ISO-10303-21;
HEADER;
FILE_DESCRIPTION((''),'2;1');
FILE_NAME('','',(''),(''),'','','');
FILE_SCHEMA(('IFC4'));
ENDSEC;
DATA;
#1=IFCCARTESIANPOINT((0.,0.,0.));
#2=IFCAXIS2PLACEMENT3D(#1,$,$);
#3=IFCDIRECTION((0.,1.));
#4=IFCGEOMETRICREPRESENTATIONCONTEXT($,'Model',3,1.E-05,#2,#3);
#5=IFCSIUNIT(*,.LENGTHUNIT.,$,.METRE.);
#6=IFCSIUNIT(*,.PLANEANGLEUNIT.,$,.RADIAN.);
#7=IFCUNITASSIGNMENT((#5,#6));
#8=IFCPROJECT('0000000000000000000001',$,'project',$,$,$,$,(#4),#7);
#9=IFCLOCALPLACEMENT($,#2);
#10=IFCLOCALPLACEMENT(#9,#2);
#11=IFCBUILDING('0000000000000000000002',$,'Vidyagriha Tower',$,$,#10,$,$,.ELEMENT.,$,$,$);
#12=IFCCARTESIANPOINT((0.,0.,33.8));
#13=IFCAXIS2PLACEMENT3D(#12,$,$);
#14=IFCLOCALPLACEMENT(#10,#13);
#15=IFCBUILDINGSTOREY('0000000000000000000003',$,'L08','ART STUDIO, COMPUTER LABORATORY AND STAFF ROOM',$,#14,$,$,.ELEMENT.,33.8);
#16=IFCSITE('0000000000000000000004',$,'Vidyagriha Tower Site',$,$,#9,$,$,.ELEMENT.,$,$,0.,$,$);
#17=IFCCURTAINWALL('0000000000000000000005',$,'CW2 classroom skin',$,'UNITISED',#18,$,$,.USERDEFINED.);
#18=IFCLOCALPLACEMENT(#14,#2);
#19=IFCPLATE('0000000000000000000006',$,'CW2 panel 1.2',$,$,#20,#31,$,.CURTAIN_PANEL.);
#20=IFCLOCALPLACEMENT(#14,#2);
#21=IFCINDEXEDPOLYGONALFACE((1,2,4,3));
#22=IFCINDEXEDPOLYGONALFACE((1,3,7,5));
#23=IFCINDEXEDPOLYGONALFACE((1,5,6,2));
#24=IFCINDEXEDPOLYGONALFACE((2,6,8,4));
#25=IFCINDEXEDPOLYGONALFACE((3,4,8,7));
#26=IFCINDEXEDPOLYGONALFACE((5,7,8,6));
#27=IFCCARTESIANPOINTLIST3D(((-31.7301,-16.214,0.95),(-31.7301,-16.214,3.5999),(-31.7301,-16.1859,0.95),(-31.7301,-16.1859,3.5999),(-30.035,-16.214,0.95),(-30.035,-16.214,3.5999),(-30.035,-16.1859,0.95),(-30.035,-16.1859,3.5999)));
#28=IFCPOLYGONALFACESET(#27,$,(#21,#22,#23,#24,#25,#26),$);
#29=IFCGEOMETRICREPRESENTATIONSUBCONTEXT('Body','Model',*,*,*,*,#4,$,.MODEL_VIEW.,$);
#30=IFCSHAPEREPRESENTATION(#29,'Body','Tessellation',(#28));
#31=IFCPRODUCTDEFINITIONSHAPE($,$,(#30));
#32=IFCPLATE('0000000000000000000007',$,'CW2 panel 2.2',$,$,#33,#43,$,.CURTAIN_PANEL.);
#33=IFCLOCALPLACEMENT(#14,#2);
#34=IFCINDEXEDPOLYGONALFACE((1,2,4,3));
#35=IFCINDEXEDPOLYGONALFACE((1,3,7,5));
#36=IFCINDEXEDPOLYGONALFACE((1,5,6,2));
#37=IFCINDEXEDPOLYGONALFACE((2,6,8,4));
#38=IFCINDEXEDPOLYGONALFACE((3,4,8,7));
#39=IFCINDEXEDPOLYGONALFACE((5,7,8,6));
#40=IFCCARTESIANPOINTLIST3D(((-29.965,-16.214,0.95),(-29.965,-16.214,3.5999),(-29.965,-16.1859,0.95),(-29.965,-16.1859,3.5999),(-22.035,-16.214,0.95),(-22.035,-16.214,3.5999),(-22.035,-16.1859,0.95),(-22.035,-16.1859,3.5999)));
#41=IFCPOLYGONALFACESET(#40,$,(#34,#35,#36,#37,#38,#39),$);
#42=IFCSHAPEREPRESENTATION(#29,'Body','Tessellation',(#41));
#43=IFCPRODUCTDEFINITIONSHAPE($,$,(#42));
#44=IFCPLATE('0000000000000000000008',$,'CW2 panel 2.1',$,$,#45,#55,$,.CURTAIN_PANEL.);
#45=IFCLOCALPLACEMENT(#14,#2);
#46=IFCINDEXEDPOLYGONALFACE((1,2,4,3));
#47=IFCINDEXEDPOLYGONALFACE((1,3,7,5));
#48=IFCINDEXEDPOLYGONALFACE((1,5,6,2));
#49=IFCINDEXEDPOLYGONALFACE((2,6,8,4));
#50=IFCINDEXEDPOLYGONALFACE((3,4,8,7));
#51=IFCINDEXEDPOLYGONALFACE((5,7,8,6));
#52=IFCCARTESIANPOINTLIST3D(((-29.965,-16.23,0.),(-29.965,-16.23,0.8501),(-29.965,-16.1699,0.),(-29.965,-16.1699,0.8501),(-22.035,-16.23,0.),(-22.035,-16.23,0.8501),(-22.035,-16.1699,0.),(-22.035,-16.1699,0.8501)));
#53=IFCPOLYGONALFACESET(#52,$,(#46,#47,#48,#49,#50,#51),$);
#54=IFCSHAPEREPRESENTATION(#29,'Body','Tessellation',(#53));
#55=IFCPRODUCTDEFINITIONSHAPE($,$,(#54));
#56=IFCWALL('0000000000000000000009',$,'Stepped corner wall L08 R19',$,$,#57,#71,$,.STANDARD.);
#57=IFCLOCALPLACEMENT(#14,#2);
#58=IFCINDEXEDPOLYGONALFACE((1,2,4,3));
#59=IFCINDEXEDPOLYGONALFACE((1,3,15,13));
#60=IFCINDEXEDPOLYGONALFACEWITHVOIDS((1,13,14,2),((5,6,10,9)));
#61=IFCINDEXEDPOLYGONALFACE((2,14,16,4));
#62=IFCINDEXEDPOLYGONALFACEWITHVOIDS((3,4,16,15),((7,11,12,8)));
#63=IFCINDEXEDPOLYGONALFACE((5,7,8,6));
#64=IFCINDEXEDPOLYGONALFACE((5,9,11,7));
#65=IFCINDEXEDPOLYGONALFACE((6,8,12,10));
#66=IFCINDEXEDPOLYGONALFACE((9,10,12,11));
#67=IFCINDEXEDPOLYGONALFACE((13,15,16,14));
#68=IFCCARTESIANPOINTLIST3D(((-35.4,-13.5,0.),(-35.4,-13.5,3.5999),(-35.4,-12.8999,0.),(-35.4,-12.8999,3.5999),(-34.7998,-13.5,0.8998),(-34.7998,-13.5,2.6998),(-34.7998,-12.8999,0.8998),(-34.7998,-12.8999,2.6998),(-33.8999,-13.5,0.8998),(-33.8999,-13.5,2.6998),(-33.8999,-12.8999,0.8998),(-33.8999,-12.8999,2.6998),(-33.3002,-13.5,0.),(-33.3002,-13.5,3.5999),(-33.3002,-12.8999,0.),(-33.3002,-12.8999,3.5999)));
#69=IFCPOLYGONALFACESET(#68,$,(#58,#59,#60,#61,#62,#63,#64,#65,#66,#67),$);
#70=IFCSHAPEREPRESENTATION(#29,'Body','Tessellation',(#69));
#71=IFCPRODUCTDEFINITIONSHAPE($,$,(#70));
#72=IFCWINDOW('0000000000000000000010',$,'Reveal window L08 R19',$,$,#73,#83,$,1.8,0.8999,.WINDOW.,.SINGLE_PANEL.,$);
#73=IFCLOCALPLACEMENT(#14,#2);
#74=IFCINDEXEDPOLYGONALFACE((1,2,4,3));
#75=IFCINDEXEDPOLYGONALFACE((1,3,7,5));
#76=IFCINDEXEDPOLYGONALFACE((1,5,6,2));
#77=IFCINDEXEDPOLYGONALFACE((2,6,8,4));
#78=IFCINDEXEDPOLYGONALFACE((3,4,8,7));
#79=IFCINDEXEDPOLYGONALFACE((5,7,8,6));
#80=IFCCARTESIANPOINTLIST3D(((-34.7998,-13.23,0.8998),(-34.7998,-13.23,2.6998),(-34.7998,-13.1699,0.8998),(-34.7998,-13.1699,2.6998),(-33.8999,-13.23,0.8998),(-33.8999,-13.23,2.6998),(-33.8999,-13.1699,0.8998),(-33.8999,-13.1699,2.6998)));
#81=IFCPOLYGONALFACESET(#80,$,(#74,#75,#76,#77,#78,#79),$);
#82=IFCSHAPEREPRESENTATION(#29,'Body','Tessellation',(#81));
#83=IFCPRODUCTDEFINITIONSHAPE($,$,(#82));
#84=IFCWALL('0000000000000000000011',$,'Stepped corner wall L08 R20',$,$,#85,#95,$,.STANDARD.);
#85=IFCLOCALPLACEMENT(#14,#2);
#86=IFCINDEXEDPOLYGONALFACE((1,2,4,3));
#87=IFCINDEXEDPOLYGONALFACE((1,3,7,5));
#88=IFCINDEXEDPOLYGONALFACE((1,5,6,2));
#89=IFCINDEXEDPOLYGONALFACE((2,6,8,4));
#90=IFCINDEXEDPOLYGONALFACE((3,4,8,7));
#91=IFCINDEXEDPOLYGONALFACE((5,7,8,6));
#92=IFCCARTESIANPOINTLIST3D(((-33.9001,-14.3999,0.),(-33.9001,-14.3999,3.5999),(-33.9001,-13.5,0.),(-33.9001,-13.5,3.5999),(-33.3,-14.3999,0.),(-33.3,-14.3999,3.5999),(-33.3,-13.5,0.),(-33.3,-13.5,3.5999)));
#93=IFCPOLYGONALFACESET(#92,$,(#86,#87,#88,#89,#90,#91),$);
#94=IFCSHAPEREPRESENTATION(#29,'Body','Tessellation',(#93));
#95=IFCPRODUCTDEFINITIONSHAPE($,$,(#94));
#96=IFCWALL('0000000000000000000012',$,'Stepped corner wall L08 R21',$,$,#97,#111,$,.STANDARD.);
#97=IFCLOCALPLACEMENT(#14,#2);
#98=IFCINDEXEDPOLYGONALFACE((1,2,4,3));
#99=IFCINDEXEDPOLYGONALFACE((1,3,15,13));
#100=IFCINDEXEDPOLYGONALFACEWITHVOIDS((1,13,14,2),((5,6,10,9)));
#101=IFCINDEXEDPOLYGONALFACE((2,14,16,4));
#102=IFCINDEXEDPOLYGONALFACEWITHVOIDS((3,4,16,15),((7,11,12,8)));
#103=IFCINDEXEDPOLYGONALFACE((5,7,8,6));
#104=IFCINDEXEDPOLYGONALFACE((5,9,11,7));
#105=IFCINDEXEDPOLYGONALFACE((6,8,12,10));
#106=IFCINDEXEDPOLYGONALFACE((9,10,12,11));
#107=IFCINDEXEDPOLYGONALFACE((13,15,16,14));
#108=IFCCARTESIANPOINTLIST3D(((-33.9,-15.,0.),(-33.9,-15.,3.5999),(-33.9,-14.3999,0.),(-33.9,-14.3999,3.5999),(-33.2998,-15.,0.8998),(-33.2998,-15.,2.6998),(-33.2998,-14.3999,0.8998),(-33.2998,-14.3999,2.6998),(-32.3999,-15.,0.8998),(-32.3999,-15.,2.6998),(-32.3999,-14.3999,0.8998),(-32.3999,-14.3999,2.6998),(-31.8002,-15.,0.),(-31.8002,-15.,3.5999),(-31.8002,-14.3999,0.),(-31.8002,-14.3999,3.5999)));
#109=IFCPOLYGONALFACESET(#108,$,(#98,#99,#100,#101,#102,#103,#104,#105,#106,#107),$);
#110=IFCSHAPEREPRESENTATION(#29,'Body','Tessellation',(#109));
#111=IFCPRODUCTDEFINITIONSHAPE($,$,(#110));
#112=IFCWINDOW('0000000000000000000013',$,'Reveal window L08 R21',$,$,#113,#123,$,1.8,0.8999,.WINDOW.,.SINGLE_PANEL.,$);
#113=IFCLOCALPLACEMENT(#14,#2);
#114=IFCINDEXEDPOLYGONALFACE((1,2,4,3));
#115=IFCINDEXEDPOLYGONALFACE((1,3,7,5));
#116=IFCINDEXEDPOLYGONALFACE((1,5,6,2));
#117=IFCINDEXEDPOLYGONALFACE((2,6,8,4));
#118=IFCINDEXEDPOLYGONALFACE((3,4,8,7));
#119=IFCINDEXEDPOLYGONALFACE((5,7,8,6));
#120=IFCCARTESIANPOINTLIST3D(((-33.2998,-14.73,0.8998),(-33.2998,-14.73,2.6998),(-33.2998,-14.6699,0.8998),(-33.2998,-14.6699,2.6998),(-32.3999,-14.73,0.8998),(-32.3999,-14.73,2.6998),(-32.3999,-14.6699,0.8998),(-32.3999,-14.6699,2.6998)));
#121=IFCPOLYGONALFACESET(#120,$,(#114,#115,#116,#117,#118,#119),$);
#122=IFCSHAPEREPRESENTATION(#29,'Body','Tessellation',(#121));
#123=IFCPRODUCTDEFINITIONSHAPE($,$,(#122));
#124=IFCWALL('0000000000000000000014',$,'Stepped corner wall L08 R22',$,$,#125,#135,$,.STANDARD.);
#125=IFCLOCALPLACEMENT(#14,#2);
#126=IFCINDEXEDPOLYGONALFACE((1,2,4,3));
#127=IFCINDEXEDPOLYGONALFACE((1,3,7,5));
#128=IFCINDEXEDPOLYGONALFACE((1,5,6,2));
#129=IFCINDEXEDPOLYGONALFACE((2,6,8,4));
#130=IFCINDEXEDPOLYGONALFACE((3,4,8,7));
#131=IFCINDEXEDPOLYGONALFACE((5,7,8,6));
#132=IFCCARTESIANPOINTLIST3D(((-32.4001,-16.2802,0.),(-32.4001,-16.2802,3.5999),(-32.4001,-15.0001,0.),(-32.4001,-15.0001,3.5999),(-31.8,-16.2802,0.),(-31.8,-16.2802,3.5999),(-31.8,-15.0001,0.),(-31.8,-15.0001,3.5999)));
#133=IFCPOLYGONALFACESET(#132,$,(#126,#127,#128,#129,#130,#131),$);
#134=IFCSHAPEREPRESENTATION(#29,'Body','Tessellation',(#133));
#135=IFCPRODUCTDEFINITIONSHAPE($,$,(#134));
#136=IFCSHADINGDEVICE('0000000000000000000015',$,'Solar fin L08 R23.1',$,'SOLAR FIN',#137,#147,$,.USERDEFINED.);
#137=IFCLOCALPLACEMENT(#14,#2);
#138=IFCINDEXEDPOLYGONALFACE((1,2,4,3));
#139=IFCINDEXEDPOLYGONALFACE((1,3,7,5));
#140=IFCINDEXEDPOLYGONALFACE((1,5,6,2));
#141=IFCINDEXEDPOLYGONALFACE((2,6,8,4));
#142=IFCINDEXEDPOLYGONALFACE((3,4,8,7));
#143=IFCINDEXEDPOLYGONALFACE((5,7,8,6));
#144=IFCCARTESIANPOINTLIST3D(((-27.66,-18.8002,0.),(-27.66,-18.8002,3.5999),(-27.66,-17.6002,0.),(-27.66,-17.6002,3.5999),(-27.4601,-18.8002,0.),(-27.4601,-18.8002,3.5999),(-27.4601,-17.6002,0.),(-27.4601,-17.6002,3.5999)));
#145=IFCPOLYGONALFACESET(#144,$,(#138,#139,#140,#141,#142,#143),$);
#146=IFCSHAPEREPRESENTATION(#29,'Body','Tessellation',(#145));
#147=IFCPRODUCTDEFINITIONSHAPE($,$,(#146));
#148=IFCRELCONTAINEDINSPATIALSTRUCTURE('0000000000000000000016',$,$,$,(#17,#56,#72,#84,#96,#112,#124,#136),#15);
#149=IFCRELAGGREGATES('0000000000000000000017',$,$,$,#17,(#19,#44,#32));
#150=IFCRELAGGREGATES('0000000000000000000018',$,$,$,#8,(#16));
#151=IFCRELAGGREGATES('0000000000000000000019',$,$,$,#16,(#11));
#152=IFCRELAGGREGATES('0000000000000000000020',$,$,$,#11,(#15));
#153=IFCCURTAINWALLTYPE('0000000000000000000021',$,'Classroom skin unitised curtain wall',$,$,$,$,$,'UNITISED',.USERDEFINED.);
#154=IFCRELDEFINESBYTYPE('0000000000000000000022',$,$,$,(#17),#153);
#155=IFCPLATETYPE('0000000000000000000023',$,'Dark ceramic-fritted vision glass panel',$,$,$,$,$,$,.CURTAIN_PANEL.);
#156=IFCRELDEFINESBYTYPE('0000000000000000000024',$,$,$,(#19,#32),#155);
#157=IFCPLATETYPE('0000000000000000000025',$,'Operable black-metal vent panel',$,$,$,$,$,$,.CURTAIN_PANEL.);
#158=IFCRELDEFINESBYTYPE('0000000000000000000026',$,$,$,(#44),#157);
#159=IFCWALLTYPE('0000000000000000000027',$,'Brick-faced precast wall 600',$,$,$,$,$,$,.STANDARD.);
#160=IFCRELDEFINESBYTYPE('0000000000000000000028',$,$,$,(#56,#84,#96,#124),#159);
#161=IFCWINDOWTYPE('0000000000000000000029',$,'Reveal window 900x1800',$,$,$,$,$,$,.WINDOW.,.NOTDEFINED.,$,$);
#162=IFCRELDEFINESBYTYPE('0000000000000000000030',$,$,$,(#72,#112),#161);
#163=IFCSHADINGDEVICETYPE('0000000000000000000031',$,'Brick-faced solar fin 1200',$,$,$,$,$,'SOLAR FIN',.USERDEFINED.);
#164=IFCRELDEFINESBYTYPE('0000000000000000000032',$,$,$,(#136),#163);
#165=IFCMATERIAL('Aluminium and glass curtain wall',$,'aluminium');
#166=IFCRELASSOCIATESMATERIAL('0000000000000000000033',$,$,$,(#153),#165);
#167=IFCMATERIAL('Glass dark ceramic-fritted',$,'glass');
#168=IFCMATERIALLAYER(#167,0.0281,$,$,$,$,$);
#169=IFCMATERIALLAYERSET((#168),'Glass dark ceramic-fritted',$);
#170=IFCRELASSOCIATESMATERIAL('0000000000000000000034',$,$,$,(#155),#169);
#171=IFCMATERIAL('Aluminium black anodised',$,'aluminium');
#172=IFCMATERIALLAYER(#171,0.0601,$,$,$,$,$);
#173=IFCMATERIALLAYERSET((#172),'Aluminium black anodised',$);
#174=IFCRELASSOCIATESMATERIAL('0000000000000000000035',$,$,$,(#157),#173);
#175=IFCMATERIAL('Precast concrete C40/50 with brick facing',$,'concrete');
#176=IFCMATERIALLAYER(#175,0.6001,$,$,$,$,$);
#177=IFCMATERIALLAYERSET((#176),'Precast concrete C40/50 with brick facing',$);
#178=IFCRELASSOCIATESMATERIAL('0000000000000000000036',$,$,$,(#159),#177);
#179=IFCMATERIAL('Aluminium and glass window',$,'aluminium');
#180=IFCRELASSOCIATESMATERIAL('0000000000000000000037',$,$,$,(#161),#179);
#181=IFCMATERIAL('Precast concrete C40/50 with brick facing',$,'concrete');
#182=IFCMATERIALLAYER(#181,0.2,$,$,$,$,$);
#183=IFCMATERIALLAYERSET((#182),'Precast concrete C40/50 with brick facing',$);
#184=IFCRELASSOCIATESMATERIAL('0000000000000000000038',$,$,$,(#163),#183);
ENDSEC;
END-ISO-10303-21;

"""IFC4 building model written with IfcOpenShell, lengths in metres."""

from ifc_helpers import new_model, si_unit, direction, frame, frame_2d, origin, origin_2d, place, context, subcontext, project, spatial, rectangle, extrude, material, layer, layer_set, type_object, element, fill, aggregate, save


model = new_model("IFC4")

# Units and contexts
model_context = context("Model", 3, precision=1e-05, world=origin(), true_north=direction((0.0, 1.0)))
body_context = subcontext(model_context, "Body", "Model", "MODEL_VIEW")
ifc_project = project(units=[si_unit("LENGTHUNIT", "METRE"), si_unit("PLANEANGLEUNIT", "RADIAN")], contexts=[model_context])

# Site, building, storey
site_placement = place(None, origin())
site = spatial("IfcSite", under=ifc_project, at=site_placement, Name="Vidyagriha Tower Site", CompositionType="ELEMENT", RefElevation=0.0)
building_placement = place(site_placement, origin())
building = spatial("IfcBuilding", under=site, at=building_placement, Name="Vidyagriha Tower", CompositionType="ELEMENT")
storey_placement = place(building_placement, frame((0.0, 0.0, 33.8)))
storey = spatial("IfcBuildingStorey", under=building, at=storey_placement, Name="L08", Description="ART STUDIO, COMPUTER LABORATORY AND STAFF ROOM", CompositionType="ELEMENT", Elevation=33.8)

# Curtain wall, plates
ifc_material_1 = material(Name="Aluminium and glass curtain wall", Category="aluminium")
curtain_wall_type = type_object("IfcCurtainWallType", Name="Classroom skin unitised curtain wall", ElementType="UNITISED", PredefinedType="USERDEFINED", material=ifc_material_1)
curtain_wall_placement = place(storey_placement, origin())
curtain_wall = element("IfcCurtainWall", 1, at=curtain_wall_placement, inside=storey, type_object=curtain_wall_type, Name="CW2 classroom skin", ObjectType="UNITISED", PredefinedType="USERDEFINED")
ifc_material_2 = material(Name="Glass dark ceramic-fritted", Category="glass")
ifc_layer_1 = layer(ifc_material_2, 0.0281)
ifc_layer_set_1 = layer_set([ifc_layer_1], Name="Glass dark ceramic-fritted")
plate_type_1 = type_object("IfcPlateType", Name="Dark ceramic-fritted vision glass panel", PredefinedType="CURTAIN_PANEL", material=ifc_layer_set_1)
plate_1_placement = place(storey_placement, frame((-30.8826, -16.2, 0.95)))
plate_1 = element("IfcPlate", 2, at=plate_1_placement, type_object=plate_type_1, Name="CW2 panel 1.2", PredefinedType="CURTAIN_PANEL", context=body_context, shape_type="SweptSolid", body=[
    extrude(rectangle(XDim=1.6951, YDim=0.0281, at=origin_2d()), origin(), (0.0, 0.0, 1.0), 2.6499),
])
plate_2_placement = place(storey_placement, frame((-26.0, -16.2, 0.95)))
plate_2 = element("IfcPlate", 3, at=plate_2_placement, type_object=plate_type_1, Name="CW2 panel 2.2", PredefinedType="CURTAIN_PANEL", context=body_context, shape_type="SweptSolid", body=[
    extrude(rectangle(XDim=7.9299, YDim=0.0281, at=origin_2d()), origin(), (0.0, 0.0, 1.0), 2.6499),
])
ifc_material_3 = material(Name="Aluminium black anodised", Category="aluminium")
ifc_layer_2 = layer(ifc_material_3, 0.0601)
ifc_layer_set_2 = layer_set([ifc_layer_2], Name="Aluminium black anodised")
plate_type_2 = type_object("IfcPlateType", Name="Operable black-metal vent panel", PredefinedType="CURTAIN_PANEL", material=ifc_layer_set_2)
plate_3_placement = place(storey_placement, frame((-26.0, -16.2, 0.0)))
plate_3 = element("IfcPlate", 4, at=plate_3_placement, type_object=plate_type_2, Name="CW2 panel 2.1", PredefinedType="CURTAIN_PANEL", context=body_context, shape_type="SweptSolid", body=[
    extrude(rectangle(XDim=7.9299, YDim=0.0601, at=origin_2d()), origin(), (0.0, 0.0, 1.0), 0.8501),
])
aggregate(curtain_wall, [plate_1, plate_3, plate_2])

# Wall, opening, window
ifc_material_4 = material(Name="Precast concrete C40/50 with brick facing", Category="concrete")
ifc_layer_3 = layer(ifc_material_4, 0.6001)
ifc_layer_set_3 = layer_set([ifc_layer_3], Name="Precast concrete C40/50 with brick facing")
wall_type = type_object("IfcWallType", Name="Brick-faced precast wall 600", PredefinedType="STANDARD", material=ifc_layer_set_3)
wall_1_placement = place(storey_placement, frame((-35.3999, -13.2, 0.0)))
wall_1 = element("IfcWall", 5, at=wall_1_placement, inside=storey, type_object=wall_type, Name="Stepped corner wall L08 R19", PredefinedType="STANDARD", context=body_context, shape_type="SweptSolid", body=[
    extrude(rectangle(XDim=2.0999, YDim=0.6001, at=frame_2d((1.0498, 0.0))), origin(), (0.0, 0.0, 1.0), 3.5999),
])
opening_1_placement = place(wall_1_placement, frame((0.6001, 0.0, 0.8999)))
opening_1 = element("IfcOpeningElement", 6, at=opening_1_placement, cuts=wall_1, PredefinedType="OPENING", context=body_context, shape_type="SweptSolid", body=[
    extrude(rectangle(XDim=0.8999, YDim=1.8, at=frame_2d((0.45, 0.8999))), frame((0.0, 0.3101, 0.0), z_axis=(0.0, -1.0, 0.0), x_axis=(1.0, 0.0, 0.0)), (0.0, 0.0, 1.0), 0.6201),
])
ifc_material_5 = material(Name="Aluminium and glass window", Category="aluminium")
window_type = type_object("IfcWindowType", Name="Reveal window 900x1800", PartitioningType="NOTDEFINED", PredefinedType="WINDOW", material=ifc_material_5)
window_1_placement = place(opening_1_placement, origin())
window_1 = element("IfcWindow", 7, at=window_1_placement, inside=storey, type_object=window_type, Name="Reveal window L08 R19", OverallHeight=1.8, OverallWidth=0.8999, PartitioningType="SINGLE_PANEL", PredefinedType="WINDOW", context=body_context, shape_type="SweptSolid", body=[
    extrude(rectangle(XDim=0.8999, YDim=1.8, at=frame_2d((0.45, 0.8999))), frame((0.0, 0.03, 0.0), z_axis=(0.0, -1.0, 0.0), x_axis=(1.0, 0.0, 0.0)), (0.0, 0.0, 1.0), 0.0601),
])
fill(opening_1, window_1)

# Wall
wall_2_placement = place(storey_placement, frame((-33.6001, -13.5, 0.0), z_axis=(0.0, 0.0, 1.0), x_axis=(0.0, -1.0, 0.0)))
element("IfcWall", 8, at=wall_2_placement, inside=storey, type_object=wall_type, Name="Stepped corner wall L08 R20", PredefinedType="STANDARD", context=body_context, shape_type="SweptSolid", body=[
    extrude(rectangle(XDim=0.8999, YDim=0.6001, at=frame_2d((0.45, 0.0))), origin(), (0.0, 0.0, 1.0), 3.5999),
])

# Wall, opening, window
wall_3_placement = place(storey_placement, frame((-33.8999, -14.7, 0.0)))
wall_3 = element("IfcWall", 9, at=wall_3_placement, inside=storey, type_object=wall_type, Name="Stepped corner wall L08 R21", PredefinedType="STANDARD", context=body_context, shape_type="SweptSolid", body=[
    extrude(rectangle(XDim=2.0999, YDim=0.6001, at=frame_2d((1.0498, 0.0))), origin(), (0.0, 0.0, 1.0), 3.5999),
])
opening_2_placement = place(wall_3_placement, frame((0.6001, 0.0, 0.8999)))
opening_2 = element("IfcOpeningElement", 10, at=opening_2_placement, cuts=wall_3, PredefinedType="OPENING", context=body_context, shape_type="SweptSolid", body=[
    extrude(rectangle(XDim=0.8999, YDim=1.8, at=frame_2d((0.45, 0.8999))), frame((0.0, 0.3101, 0.0), z_axis=(0.0, -1.0, 0.0), x_axis=(1.0, 0.0, 0.0)), (0.0, 0.0, 1.0), 0.6201),
])
window_2_placement = place(opening_2_placement, origin())
window_2 = element("IfcWindow", 11, at=window_2_placement, inside=storey, type_object=window_type, Name="Reveal window L08 R21", OverallHeight=1.8, OverallWidth=0.8999, PartitioningType="SINGLE_PANEL", PredefinedType="WINDOW", context=body_context, shape_type="SweptSolid", body=[
    extrude(rectangle(XDim=0.8999, YDim=1.8, at=frame_2d((0.45, 0.8999))), frame((0.0, 0.03, 0.0), z_axis=(0.0, -1.0, 0.0), x_axis=(1.0, 0.0, 0.0)), (0.0, 0.0, 1.0), 0.0601),
])
fill(opening_2, window_2)

# Wall
wall_4_placement = place(storey_placement, frame((-32.1001, -15.0, 0.0), z_axis=(0.0, 0.0, 1.0), x_axis=(0.0, -1.0, 0.0)))
element("IfcWall", 12, at=wall_4_placement, inside=storey, type_object=wall_type, Name="Stepped corner wall L08 R22", PredefinedType="STANDARD", context=body_context, shape_type="SweptSolid", body=[
    extrude(rectangle(XDim=1.28, YDim=0.6001, at=frame_2d((0.6401, 0.0))), origin(), (0.0, 0.0, 1.0), 3.5999),
])

# Shading device
ifc_material_6 = material(Name="Precast concrete C40/50 with brick facing", Category="concrete")
ifc_layer_4 = layer(ifc_material_6, 0.2)
ifc_layer_set_4 = layer_set([ifc_layer_4], Name="Precast concrete C40/50 with brick facing")
shading_device_type = type_object("IfcShadingDeviceType", Name="Brick-faced solar fin 1200", ElementType="SOLAR FIN", PredefinedType="USERDEFINED", material=ifc_layer_set_4)
shading_device_placement = place(storey_placement, frame((-27.5601, -17.6001, 0.0), z_axis=(0.0, 0.0, 1.0), x_axis=(0.0, -1.0, 0.0)))
element("IfcShadingDevice", 13, at=shading_device_placement, inside=storey, type_object=shading_device_type, Name="Solar fin L08 R23.1", ObjectType="SOLAR FIN", PredefinedType="USERDEFINED", context=body_context, shape_type="SweptSolid", body=[
    extrude(rectangle(XDim=1.2, YDim=0.2, at=frame_2d((0.6001, 0.0))), origin(), (0.0, 0.0, 1.0), 3.5999),
])

save(model, "model.ifc")
